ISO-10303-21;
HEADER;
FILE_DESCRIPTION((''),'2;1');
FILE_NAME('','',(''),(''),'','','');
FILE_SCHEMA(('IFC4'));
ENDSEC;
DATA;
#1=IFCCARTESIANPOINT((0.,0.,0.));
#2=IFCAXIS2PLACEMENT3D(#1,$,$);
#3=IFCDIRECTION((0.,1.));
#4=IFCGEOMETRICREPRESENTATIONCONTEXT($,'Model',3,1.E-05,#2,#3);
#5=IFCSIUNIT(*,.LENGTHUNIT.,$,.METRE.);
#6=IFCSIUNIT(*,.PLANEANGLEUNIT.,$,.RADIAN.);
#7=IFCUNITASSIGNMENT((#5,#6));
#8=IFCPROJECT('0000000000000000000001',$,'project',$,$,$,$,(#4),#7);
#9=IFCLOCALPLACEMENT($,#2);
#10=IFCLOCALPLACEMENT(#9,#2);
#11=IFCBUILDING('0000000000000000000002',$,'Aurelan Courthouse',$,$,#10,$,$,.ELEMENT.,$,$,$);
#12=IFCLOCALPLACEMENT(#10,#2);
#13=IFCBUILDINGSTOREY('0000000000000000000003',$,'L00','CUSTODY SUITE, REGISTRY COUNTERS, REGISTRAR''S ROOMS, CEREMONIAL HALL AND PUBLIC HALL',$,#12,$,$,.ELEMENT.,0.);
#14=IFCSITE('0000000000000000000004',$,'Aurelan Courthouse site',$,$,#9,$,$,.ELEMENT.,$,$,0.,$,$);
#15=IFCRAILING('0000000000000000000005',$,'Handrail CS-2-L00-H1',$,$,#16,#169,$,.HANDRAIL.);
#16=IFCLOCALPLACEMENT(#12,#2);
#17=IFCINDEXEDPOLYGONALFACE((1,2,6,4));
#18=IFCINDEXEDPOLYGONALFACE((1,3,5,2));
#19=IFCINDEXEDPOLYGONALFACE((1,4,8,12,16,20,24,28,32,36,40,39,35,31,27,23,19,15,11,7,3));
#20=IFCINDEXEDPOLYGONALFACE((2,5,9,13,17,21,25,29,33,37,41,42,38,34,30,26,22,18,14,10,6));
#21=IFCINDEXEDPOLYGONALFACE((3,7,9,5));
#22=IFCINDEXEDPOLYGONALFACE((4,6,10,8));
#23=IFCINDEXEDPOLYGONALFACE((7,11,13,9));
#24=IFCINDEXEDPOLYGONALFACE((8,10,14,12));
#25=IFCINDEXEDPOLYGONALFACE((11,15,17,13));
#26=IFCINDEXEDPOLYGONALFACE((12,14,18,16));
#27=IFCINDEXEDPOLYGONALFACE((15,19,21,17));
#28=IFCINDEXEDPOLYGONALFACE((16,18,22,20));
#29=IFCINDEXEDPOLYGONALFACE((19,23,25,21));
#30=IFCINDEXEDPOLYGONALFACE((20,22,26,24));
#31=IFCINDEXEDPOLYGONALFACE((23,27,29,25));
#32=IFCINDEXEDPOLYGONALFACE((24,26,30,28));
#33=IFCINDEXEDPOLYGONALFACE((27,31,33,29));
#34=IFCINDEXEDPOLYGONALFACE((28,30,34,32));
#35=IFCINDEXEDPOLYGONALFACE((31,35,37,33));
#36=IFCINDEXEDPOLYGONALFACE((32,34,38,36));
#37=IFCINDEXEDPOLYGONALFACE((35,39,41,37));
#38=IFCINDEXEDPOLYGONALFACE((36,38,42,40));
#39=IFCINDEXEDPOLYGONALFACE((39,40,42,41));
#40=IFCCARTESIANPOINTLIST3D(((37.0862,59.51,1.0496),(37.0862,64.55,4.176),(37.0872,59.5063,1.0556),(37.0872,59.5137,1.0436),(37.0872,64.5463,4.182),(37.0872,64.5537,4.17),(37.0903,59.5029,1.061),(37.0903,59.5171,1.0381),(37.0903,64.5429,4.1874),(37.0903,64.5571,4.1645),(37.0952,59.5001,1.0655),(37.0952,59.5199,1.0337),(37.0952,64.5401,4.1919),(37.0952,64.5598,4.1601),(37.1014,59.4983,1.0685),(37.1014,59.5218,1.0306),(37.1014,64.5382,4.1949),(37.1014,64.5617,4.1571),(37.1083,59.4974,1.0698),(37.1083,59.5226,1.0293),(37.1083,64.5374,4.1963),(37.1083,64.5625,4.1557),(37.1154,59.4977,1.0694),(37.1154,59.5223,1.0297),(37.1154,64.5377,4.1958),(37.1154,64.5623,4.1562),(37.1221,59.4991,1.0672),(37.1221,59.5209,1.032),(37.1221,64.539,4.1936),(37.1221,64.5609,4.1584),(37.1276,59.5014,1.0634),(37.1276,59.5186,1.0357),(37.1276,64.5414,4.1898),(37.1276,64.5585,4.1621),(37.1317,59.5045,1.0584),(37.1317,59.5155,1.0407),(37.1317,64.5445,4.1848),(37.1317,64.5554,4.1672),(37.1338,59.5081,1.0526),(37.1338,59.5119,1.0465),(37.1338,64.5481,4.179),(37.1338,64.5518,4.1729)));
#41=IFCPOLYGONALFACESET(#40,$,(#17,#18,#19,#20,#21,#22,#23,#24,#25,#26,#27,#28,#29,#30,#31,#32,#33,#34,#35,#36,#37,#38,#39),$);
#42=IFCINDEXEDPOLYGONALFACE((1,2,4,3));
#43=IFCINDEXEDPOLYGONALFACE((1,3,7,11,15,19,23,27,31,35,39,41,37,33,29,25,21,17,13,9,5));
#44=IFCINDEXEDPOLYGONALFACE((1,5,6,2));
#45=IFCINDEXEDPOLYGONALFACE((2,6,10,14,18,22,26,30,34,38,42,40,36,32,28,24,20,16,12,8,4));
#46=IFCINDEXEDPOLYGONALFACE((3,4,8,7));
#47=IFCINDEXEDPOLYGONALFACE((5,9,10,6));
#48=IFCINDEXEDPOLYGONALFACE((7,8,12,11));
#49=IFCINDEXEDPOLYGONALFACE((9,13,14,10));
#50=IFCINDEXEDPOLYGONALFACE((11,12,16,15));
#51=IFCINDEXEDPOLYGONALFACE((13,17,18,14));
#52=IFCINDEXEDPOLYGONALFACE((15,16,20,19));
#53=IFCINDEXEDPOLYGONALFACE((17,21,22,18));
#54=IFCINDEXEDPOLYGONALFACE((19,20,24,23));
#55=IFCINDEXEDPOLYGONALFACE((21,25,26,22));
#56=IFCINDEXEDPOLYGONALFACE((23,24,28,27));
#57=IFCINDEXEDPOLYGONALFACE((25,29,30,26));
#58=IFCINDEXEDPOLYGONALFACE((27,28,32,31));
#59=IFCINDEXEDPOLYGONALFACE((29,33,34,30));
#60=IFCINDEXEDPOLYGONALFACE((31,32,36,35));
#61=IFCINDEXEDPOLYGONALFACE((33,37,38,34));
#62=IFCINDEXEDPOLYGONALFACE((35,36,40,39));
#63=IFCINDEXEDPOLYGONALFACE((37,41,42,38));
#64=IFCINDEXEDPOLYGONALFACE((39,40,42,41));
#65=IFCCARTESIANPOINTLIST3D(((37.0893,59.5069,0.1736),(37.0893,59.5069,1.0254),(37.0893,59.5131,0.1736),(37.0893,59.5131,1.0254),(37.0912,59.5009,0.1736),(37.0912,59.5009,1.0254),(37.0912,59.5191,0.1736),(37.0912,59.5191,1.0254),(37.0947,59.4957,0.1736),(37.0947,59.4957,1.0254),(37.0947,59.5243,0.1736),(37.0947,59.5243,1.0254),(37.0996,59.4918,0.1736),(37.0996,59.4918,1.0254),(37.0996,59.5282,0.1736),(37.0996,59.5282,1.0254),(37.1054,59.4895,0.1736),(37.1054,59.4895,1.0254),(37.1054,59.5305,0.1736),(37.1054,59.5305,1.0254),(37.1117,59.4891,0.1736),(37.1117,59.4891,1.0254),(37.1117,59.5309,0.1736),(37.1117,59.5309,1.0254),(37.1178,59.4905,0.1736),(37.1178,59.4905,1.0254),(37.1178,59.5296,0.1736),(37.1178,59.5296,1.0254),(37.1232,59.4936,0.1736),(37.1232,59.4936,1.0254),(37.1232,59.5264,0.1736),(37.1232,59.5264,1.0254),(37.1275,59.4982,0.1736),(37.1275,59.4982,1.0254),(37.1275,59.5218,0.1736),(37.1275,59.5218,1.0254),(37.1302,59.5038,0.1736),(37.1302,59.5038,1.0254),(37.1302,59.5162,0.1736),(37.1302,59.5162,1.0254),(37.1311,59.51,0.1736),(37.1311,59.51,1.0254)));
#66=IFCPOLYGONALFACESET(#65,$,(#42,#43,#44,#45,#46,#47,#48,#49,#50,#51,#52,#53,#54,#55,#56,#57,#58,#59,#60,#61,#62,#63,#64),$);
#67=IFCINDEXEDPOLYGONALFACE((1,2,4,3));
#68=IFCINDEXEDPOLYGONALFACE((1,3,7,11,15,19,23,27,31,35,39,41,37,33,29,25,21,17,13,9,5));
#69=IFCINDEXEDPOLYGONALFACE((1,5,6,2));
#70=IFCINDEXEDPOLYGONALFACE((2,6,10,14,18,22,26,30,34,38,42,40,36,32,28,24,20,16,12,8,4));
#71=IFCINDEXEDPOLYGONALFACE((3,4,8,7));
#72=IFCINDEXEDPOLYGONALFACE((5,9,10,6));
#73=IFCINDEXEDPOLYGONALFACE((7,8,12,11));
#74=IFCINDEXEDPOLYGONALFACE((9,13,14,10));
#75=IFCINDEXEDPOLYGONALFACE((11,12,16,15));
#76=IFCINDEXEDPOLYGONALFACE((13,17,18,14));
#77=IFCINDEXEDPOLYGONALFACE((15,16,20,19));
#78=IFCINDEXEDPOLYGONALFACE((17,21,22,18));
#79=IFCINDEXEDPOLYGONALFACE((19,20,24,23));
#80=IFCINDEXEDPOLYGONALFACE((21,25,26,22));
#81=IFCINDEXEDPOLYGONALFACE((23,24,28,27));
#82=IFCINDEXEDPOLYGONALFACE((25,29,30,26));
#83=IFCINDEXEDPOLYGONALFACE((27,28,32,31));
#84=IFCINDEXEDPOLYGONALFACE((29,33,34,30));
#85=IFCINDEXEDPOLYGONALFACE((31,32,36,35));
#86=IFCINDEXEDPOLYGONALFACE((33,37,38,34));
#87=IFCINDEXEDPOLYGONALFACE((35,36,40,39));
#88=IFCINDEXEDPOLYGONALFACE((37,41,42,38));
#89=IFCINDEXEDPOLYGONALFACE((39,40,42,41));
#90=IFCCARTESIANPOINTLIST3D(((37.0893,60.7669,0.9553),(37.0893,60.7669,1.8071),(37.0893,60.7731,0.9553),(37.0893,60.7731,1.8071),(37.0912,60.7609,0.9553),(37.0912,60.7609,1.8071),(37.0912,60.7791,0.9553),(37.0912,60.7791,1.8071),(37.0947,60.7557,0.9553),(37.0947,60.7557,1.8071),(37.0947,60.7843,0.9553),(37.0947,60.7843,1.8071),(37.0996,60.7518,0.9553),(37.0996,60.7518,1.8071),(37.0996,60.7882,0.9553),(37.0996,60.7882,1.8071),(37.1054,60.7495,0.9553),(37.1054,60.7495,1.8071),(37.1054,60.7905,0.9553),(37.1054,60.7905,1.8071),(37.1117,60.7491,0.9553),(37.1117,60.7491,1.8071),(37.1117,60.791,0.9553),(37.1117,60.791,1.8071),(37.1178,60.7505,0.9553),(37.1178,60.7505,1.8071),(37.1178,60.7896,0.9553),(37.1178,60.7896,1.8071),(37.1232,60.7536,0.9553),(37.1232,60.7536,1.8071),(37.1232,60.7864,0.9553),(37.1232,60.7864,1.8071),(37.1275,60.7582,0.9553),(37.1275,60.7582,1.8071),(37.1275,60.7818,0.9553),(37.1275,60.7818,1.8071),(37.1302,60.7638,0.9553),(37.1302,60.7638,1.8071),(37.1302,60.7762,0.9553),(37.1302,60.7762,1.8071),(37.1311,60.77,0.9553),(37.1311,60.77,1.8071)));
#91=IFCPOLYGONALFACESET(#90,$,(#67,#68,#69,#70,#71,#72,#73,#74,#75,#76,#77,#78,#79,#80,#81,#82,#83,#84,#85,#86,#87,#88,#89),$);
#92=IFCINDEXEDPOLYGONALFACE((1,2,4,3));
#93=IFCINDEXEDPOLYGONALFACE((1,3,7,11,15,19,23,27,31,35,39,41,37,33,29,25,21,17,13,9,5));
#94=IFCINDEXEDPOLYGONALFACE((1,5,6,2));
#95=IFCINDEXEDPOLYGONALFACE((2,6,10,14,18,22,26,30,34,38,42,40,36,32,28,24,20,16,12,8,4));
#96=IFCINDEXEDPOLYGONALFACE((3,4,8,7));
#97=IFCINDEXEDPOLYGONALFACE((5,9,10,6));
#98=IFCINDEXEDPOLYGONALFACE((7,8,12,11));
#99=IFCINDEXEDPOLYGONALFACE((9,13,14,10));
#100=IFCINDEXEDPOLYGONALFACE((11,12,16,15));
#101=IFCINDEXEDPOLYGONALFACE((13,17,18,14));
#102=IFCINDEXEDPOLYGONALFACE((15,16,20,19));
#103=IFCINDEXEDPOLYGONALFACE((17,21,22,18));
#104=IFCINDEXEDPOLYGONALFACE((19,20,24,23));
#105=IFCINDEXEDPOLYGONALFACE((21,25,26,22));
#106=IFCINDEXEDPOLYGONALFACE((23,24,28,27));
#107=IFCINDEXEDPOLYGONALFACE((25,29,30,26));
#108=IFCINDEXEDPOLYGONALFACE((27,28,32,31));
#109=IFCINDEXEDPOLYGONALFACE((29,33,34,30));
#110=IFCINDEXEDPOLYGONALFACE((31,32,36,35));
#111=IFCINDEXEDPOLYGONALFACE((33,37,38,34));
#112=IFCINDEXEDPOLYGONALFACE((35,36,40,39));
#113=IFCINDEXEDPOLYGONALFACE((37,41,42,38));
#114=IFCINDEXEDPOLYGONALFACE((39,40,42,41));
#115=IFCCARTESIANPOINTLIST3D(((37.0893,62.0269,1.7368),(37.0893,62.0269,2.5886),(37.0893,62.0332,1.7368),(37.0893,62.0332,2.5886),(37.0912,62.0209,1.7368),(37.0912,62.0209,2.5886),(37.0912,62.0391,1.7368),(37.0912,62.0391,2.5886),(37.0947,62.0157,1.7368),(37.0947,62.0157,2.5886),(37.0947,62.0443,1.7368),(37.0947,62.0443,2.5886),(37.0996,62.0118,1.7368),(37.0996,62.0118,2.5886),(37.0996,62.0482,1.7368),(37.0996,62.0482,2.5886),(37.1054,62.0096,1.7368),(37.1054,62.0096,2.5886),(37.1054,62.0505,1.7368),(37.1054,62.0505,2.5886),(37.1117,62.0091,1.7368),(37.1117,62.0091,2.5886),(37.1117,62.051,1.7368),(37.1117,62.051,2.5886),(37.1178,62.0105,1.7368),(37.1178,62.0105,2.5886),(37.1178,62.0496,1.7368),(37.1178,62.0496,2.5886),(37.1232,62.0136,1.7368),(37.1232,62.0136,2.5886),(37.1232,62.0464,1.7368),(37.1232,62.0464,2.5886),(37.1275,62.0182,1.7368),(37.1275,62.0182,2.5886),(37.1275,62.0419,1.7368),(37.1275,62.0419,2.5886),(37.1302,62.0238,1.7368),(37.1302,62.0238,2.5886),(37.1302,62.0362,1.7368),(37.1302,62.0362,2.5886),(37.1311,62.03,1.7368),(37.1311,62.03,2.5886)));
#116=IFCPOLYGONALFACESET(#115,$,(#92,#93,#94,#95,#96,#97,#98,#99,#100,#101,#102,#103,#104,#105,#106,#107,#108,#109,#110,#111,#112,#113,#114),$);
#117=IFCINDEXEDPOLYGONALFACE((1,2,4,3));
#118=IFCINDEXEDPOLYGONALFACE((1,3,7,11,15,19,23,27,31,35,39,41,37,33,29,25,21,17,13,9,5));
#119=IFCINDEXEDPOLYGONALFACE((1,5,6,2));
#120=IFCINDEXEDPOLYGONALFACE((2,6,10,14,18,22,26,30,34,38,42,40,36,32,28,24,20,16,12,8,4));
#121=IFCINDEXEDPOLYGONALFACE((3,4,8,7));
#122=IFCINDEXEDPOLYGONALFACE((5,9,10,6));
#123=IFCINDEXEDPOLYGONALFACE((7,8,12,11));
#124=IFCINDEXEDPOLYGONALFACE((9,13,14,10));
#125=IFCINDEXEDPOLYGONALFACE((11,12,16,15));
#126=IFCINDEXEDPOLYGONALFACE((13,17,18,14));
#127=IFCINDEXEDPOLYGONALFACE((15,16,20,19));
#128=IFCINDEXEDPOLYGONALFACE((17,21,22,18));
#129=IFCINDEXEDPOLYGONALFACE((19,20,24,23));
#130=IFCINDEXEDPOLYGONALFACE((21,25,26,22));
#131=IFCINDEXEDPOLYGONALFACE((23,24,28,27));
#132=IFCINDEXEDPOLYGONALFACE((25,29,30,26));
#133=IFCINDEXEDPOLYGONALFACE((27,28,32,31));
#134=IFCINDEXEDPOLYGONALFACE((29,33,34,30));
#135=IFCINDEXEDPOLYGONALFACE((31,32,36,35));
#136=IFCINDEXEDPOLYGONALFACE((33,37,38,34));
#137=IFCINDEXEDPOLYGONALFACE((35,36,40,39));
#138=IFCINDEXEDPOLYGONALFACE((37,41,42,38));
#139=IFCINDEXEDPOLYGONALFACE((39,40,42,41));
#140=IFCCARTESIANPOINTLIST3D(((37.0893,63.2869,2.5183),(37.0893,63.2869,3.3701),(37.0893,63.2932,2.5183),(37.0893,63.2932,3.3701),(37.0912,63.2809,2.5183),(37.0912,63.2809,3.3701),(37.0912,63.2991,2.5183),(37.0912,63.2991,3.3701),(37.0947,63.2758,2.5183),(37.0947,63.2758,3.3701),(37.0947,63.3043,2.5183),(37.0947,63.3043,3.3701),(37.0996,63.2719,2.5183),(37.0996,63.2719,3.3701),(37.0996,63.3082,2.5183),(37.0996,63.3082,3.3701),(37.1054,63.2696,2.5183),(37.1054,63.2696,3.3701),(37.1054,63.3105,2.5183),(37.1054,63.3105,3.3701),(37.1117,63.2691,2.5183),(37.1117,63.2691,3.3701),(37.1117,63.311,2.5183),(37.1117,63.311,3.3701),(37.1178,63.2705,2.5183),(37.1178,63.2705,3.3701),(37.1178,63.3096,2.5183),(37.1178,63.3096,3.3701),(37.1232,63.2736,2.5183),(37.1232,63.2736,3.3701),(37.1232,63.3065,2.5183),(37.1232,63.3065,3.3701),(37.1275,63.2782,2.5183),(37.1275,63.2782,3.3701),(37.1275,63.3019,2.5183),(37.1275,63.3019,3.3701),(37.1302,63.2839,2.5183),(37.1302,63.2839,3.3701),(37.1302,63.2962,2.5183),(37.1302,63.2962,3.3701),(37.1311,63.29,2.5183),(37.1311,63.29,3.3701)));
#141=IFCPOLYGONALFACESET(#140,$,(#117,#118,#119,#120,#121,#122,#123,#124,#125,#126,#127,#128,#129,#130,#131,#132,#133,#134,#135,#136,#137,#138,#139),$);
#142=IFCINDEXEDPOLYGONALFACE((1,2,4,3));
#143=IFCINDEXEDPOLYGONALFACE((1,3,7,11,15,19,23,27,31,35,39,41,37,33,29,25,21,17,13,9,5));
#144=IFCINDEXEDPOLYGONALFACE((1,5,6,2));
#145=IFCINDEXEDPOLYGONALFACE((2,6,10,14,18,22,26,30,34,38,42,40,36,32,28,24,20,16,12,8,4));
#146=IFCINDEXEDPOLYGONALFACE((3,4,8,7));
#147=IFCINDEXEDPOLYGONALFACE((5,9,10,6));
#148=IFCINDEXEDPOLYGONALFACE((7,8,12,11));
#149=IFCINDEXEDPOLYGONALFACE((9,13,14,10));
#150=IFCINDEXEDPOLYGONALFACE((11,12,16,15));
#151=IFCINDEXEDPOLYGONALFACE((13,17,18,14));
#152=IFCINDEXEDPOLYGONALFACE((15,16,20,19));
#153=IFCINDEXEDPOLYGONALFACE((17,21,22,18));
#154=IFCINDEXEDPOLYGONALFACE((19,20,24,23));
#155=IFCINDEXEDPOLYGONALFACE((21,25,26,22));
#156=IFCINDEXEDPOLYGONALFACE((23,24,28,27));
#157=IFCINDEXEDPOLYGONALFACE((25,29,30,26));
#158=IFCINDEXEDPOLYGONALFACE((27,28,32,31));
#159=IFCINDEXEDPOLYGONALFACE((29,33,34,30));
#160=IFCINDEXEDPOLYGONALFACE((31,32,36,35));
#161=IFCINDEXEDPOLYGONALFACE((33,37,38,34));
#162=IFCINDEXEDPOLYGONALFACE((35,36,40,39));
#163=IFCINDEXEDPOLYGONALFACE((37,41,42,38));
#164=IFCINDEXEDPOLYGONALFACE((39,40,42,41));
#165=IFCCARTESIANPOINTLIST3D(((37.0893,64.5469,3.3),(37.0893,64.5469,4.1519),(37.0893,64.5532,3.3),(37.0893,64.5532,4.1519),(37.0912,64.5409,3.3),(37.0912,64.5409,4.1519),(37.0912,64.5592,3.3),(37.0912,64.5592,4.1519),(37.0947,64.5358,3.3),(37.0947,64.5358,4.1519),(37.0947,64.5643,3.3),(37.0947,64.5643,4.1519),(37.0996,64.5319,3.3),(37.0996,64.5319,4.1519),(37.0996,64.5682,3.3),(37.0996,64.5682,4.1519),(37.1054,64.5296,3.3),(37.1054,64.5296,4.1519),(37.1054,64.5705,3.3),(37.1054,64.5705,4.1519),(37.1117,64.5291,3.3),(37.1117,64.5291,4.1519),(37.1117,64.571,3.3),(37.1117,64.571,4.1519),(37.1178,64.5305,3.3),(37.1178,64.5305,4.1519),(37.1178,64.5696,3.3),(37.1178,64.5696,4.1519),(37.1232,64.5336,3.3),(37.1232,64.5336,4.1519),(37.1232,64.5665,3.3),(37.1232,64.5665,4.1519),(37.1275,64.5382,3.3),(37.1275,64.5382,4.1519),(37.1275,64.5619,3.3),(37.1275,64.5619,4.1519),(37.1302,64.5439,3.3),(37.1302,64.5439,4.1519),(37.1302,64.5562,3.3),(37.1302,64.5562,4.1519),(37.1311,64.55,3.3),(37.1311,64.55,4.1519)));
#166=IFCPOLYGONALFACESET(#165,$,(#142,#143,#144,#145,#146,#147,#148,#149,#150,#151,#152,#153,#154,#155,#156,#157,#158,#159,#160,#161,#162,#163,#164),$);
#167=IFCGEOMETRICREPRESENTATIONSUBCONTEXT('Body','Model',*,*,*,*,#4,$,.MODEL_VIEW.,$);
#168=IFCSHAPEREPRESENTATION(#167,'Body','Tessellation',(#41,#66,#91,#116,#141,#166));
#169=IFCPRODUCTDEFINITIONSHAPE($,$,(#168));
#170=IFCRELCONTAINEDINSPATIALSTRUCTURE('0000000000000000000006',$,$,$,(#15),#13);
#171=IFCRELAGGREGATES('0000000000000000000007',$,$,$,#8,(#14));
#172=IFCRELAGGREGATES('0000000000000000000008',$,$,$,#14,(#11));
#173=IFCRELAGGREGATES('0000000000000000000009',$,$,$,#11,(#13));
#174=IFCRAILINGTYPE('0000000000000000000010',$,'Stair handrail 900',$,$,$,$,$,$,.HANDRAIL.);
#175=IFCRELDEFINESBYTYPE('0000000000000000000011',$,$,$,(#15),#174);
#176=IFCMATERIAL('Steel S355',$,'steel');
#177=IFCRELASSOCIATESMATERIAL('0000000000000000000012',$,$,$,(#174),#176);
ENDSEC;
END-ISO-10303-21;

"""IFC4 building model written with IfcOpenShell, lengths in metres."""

from ifc_helpers import new_model, si_unit, direction, frame, origin, origin_2d, place, context, subcontext, project, spatial, circle, extrude, material, type_object, element, save


model = new_model("IFC4")

# Units and contexts
model_context = context("Model", 3, precision=1e-05, world=origin(), true_north=direction((0.0, 1.0)))
body_context = subcontext(model_context, "Body", "Model", "MODEL_VIEW")
ifc_project = project(units=[si_unit("LENGTHUNIT", "METRE"), si_unit("PLANEANGLEUNIT", "RADIAN")], contexts=[model_context])

# Site, building, storey
site_placement = place(None, origin())
site = spatial("IfcSite", under=ifc_project, at=site_placement, Name="Aurelan Courthouse site", CompositionType="ELEMENT", RefElevation=0.0)
building_placement = place(site_placement, origin())
building = spatial("IfcBuilding", under=site, at=building_placement, Name="Aurelan Courthouse", CompositionType="ELEMENT")
storey_placement = place(building_placement, origin())
storey = spatial("IfcBuildingStorey", under=building, at=storey_placement, Name="L00", Description="CUSTODY SUITE, REGISTRY COUNTERS, REGISTRAR'S ROOMS, CEREMONIAL HALL AND PUBLIC HALL", CompositionType="ELEMENT", Elevation=0.0)

# Railing
ifc_material_1 = material(Name="Steel S355", Category="steel")
railing_type_1 = type_object("IfcRailingType", Name="Stair handrail 900", PredefinedType="HANDRAIL", material=ifc_material_1)
for number, where, name in (
    (1, (37.1101, 59.51, 0.1736), "Handrail CS-2-L00-H1"),
):
    element("IfcRailing", number, at=place(storey_placement, frame(where)), inside=storey, type_object=railing_type_1, Name=name, PredefinedType="HANDRAIL", context=body_context, shape_type="SweptSolid", body=[
        extrude(circle(Radius=0.0239, at=origin_2d()), frame((0.0, 0.0, 0.876), z_axis=(0.0, 0.849779, 0.527139), x_axis=(-1.0, 0.0, 0.0)), (0.0, 0.0, 1.0), 5.9309),
        extrude(circle(Radius=0.021, at=origin_2d()), origin(), (0.0, 0.0, 1.0), 0.8518),
        extrude(circle(Radius=0.021, at=origin_2d()), frame((0.0, 1.26, 0.7817)), (0.0, 0.0, 1.0), 0.8518),
        extrude(circle(Radius=0.021, at=origin_2d()), frame((0.0, 2.52, 1.5632)), (0.0, 0.0, 1.0), 0.8518),
        extrude(circle(Radius=0.021, at=origin_2d()), frame((0.0, 3.78, 2.3447)), (0.0, 0.0, 1.0), 0.8518),
        extrude(circle(Radius=0.021, at=origin_2d()), frame((0.0, 5.04, 3.1265)), (0.0, 0.0, 1.0), 0.8518),
    ])

save(model, "model.ifc")
